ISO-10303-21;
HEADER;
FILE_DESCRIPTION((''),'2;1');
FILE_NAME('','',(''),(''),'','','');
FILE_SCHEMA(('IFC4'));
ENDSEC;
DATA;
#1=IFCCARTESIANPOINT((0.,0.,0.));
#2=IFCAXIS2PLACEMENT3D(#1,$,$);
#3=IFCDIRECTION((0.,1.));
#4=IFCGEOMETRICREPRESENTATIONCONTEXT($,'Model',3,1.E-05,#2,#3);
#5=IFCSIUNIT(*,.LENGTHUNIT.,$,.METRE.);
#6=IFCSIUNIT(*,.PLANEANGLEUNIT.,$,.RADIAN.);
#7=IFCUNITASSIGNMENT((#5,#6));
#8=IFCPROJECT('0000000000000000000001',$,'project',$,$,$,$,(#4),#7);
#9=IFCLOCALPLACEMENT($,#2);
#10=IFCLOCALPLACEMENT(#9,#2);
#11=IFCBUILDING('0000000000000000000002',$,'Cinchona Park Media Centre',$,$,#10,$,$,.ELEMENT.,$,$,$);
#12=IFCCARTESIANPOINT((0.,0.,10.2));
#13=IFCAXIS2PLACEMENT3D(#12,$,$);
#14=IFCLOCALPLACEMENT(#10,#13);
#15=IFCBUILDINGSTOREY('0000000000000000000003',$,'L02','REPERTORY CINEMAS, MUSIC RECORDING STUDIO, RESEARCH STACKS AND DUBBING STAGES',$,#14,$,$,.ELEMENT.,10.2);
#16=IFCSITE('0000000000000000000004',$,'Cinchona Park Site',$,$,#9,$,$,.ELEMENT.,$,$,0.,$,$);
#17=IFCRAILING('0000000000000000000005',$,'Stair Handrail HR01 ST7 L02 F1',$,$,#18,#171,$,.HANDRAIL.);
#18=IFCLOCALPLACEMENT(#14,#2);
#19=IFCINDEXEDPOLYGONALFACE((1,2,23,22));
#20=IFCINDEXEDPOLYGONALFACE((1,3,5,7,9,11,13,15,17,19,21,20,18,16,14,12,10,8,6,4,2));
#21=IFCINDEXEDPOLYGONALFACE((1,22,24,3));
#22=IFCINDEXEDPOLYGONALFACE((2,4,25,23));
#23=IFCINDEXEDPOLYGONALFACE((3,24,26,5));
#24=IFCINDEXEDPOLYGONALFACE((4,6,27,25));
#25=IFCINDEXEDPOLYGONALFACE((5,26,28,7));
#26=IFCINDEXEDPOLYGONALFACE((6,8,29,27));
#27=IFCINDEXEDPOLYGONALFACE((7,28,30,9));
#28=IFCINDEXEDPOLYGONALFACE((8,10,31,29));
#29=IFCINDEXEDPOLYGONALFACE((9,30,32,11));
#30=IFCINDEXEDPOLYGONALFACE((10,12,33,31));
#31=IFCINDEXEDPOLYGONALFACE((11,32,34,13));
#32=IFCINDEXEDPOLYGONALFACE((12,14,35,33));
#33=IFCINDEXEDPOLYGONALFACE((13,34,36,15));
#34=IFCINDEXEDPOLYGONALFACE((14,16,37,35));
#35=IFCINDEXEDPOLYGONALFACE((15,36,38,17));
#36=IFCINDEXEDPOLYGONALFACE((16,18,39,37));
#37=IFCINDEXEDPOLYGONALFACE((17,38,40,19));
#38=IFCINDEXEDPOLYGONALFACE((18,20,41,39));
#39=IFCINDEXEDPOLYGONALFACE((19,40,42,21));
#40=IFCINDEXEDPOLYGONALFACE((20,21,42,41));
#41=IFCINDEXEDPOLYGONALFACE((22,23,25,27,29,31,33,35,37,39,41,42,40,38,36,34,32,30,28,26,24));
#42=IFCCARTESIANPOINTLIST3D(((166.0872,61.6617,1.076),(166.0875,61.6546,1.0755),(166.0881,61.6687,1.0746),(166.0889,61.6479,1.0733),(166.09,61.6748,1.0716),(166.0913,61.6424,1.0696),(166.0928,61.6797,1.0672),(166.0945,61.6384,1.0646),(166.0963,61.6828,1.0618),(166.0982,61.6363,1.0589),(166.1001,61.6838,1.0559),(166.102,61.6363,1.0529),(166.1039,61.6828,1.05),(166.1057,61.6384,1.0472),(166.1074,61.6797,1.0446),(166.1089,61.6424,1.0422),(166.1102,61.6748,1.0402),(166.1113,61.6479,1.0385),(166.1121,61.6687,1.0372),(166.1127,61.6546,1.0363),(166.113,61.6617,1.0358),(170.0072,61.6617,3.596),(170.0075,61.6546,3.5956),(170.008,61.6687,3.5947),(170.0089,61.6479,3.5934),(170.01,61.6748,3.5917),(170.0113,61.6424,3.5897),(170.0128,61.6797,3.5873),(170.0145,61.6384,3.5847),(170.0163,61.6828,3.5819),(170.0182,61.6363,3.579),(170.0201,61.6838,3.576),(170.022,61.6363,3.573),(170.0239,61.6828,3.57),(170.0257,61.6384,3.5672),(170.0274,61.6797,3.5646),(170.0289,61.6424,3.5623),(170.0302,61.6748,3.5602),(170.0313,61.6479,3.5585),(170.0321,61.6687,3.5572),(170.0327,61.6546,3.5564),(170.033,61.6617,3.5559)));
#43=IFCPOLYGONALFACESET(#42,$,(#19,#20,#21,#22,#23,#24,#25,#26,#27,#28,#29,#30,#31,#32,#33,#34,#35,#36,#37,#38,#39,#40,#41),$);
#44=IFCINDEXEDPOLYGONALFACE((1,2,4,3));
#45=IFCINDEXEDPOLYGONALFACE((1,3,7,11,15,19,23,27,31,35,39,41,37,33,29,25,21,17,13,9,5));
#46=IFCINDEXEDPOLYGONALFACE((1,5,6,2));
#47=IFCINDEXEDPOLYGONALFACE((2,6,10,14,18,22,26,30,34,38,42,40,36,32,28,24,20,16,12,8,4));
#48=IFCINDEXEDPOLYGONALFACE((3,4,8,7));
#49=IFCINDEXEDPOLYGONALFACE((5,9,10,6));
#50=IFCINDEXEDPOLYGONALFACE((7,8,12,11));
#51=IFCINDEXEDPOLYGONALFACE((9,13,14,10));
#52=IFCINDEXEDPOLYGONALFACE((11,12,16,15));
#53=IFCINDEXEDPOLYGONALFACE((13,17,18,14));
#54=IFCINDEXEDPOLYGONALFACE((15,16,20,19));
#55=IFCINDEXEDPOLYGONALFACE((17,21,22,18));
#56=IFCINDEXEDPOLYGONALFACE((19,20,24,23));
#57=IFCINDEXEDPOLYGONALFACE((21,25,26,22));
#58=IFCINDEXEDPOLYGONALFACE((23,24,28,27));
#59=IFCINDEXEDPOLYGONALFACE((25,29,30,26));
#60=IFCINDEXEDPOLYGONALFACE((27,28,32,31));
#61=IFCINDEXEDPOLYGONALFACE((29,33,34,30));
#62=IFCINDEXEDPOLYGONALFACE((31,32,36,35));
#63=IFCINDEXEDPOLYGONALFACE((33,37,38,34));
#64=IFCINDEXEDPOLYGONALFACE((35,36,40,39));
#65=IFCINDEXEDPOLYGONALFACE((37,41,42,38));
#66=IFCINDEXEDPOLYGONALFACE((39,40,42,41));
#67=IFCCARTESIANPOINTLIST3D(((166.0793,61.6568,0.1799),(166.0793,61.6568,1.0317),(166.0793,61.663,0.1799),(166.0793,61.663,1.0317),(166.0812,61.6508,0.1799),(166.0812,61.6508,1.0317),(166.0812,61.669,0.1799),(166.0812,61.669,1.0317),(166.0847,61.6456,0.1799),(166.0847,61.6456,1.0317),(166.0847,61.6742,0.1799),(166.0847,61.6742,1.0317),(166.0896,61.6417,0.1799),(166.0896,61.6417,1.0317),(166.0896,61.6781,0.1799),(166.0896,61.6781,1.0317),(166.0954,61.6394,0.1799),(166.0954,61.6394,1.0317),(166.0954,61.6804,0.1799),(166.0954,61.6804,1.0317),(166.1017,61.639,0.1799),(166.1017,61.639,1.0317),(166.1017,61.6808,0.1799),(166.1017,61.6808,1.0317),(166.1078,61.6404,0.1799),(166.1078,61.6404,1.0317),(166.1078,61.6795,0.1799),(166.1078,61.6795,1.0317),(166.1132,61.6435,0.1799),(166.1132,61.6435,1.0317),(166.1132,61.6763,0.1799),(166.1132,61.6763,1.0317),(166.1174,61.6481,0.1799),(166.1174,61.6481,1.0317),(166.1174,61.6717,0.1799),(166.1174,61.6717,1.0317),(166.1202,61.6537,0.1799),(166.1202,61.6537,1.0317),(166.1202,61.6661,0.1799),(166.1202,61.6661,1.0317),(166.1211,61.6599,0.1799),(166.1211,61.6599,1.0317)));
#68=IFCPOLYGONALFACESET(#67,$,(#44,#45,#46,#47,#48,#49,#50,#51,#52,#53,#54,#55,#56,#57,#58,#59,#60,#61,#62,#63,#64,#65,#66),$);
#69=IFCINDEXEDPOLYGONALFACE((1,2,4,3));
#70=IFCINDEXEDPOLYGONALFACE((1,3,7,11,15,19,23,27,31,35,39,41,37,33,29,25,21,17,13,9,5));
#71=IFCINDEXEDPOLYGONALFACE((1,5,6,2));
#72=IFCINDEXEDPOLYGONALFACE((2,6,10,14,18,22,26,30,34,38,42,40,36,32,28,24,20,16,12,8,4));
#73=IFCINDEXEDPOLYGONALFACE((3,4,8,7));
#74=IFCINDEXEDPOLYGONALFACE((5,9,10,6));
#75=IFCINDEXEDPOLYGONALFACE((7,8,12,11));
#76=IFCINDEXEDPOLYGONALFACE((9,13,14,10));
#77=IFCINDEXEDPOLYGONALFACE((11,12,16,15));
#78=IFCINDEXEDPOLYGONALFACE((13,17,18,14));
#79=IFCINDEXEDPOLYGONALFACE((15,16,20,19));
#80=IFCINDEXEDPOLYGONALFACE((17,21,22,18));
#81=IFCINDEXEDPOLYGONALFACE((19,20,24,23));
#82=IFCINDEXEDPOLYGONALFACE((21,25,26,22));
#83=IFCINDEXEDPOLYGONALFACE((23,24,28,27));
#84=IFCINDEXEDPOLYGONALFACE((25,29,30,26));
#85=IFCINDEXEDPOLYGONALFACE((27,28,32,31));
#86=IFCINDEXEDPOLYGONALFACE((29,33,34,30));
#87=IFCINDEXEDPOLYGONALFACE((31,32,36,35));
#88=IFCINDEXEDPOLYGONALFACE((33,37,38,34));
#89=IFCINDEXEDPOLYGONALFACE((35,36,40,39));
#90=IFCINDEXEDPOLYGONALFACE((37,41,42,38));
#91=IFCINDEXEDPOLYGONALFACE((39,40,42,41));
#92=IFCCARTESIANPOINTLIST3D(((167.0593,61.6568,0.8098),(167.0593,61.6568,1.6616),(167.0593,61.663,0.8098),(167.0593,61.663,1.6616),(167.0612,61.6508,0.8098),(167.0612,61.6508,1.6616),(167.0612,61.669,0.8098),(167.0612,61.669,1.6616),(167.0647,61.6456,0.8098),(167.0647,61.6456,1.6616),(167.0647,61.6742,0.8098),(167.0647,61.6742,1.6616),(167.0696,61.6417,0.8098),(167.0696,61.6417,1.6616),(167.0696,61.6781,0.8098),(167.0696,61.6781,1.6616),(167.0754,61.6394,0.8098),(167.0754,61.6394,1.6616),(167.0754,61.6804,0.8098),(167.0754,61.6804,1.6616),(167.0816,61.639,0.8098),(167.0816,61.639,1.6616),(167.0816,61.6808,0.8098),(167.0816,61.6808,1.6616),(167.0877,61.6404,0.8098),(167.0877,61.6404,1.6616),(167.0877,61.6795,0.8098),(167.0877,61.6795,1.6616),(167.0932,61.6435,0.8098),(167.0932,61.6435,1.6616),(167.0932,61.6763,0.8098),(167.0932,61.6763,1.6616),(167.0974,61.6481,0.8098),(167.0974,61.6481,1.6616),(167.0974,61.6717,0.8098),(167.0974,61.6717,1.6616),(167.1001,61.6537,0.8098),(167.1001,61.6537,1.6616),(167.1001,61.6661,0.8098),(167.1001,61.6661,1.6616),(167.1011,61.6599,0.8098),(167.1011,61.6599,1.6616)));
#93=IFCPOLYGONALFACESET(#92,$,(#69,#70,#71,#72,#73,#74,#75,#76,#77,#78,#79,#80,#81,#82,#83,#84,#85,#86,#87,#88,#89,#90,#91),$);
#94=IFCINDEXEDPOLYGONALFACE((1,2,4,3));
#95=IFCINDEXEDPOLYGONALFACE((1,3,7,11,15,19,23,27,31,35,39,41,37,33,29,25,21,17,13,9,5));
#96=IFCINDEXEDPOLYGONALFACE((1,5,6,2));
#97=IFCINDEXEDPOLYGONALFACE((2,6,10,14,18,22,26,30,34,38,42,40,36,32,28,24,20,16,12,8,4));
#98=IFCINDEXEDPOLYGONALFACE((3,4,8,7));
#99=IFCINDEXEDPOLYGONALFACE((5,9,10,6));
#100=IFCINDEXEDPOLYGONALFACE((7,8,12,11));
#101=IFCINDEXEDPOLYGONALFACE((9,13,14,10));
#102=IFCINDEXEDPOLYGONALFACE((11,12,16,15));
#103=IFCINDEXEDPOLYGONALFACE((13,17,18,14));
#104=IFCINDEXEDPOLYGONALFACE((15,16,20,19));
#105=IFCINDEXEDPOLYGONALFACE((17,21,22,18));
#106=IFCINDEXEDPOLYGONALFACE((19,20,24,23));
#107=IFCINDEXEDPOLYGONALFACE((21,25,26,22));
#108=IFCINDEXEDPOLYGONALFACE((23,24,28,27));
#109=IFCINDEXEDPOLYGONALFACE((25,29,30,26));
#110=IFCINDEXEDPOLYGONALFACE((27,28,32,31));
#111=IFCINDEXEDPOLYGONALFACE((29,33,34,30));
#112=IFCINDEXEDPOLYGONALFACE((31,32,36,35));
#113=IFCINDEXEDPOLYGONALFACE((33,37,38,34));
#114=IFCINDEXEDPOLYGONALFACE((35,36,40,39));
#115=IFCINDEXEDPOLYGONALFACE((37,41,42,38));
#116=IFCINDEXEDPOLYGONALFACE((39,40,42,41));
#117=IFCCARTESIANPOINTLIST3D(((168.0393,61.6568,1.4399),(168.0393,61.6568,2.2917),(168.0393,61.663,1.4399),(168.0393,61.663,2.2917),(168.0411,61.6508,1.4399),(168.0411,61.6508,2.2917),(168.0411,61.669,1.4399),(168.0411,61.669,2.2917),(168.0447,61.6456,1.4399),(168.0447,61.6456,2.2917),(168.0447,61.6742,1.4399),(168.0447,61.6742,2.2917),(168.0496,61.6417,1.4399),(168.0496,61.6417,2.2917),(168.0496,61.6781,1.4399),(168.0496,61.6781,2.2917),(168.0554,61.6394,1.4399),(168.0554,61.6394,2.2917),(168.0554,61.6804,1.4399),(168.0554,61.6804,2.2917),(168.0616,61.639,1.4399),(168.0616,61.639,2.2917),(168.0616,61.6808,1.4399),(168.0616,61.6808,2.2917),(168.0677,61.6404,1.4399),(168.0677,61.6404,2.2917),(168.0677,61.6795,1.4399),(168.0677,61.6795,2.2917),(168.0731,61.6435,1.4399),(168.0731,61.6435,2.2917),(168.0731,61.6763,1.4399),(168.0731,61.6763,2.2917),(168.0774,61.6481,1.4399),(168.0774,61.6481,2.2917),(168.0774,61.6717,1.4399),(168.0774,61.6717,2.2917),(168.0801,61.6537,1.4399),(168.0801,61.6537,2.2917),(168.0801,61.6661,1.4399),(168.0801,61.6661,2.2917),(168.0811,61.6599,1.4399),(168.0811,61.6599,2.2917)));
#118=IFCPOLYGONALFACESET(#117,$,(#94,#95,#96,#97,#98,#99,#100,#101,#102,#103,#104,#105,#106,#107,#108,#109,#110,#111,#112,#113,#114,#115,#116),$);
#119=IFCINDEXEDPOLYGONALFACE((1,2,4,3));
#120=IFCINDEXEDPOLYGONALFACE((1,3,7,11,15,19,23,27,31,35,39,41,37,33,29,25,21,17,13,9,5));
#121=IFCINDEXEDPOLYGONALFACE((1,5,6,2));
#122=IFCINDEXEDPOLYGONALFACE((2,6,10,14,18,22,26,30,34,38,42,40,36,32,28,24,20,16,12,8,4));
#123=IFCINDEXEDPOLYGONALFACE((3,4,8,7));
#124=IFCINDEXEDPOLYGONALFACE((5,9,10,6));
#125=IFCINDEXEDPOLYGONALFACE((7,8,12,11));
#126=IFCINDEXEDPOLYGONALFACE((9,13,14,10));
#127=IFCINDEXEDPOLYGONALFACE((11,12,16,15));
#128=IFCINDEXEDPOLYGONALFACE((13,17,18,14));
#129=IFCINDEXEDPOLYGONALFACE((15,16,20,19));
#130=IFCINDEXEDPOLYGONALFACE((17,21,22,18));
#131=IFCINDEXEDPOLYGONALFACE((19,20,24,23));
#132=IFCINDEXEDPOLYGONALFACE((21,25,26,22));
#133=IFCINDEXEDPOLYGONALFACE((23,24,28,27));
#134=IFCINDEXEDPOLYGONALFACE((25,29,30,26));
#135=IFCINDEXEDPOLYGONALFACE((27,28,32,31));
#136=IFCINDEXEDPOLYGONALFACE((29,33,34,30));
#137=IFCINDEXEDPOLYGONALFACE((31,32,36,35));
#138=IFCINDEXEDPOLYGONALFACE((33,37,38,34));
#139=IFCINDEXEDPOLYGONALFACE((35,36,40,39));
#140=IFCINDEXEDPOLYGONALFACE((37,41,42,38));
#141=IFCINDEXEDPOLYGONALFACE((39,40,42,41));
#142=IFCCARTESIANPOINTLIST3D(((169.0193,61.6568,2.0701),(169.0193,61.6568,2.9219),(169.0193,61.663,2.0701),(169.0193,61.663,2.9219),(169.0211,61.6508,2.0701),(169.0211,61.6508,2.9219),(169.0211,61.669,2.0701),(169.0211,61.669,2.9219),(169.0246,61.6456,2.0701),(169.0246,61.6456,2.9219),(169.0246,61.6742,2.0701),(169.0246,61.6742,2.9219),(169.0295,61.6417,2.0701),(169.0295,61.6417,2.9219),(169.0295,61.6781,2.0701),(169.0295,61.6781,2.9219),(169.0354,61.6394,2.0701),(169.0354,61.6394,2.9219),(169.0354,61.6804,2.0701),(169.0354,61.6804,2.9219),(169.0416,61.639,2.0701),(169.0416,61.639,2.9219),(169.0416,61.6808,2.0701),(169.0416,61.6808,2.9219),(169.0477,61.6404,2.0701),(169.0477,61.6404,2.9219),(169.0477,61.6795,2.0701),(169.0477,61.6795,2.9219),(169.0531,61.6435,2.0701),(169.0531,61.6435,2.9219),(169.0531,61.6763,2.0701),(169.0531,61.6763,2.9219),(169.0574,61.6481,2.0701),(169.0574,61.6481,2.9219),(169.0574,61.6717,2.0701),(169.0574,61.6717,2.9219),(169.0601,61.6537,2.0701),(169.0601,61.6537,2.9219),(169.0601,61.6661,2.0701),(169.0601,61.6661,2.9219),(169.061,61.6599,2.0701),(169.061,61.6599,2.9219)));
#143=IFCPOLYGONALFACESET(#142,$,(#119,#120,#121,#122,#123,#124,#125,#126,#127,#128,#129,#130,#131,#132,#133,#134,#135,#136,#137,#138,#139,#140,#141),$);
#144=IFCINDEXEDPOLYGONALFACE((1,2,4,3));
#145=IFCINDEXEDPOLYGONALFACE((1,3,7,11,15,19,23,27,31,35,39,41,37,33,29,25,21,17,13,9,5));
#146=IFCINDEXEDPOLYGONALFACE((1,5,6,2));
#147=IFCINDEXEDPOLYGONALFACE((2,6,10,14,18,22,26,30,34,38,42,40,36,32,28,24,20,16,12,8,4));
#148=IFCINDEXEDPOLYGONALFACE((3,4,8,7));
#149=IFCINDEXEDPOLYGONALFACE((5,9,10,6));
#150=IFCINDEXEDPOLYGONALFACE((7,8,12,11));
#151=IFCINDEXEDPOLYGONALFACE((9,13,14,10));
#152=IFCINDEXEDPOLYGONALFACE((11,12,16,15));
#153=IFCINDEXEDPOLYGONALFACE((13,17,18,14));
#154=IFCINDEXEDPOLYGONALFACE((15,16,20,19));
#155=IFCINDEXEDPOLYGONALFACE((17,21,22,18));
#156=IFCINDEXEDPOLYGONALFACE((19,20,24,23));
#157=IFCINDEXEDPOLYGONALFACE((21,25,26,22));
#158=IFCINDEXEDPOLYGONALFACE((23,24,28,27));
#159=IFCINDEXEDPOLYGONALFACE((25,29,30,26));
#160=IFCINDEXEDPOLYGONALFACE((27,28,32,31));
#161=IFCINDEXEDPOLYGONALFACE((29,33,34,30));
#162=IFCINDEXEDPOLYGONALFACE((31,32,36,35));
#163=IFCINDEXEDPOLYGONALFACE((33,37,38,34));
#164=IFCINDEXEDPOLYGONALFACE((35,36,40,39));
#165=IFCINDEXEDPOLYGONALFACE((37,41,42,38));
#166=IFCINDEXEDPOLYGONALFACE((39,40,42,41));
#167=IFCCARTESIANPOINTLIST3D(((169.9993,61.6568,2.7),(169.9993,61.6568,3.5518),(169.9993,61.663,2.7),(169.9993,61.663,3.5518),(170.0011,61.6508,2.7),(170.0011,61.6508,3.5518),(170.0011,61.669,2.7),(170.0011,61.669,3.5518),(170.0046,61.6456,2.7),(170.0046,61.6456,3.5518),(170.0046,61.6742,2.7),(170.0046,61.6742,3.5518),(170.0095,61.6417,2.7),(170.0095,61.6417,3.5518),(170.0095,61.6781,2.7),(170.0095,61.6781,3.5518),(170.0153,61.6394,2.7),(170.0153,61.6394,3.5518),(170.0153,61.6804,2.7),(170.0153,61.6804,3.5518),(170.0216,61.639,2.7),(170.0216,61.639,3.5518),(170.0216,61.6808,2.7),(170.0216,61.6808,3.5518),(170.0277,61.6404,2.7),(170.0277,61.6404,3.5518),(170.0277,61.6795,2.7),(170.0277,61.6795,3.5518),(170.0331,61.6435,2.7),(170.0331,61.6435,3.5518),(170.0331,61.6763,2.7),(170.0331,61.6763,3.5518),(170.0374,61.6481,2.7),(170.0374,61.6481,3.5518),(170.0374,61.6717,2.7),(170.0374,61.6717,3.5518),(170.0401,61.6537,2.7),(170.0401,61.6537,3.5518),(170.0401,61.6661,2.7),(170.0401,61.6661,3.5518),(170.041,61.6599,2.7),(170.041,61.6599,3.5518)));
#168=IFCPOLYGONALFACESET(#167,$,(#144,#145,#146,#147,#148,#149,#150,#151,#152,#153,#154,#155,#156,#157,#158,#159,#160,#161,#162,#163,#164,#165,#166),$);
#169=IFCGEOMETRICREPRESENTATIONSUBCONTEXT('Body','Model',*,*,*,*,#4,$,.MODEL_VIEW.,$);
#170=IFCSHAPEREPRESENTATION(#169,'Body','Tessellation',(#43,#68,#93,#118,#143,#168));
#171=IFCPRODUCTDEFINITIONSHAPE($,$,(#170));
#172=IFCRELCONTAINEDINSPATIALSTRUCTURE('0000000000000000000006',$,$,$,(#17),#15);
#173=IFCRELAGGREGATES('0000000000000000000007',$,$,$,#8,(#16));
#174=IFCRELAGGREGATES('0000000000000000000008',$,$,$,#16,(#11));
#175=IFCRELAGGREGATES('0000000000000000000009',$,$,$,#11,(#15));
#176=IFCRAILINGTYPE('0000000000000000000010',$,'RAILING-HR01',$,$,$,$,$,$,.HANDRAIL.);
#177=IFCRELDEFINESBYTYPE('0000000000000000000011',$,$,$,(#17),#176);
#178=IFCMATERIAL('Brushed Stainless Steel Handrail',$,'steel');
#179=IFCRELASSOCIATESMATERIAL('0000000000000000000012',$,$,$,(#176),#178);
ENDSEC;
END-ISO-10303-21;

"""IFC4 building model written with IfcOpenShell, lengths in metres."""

from ifc_helpers import new_model, si_unit, direction, frame, origin, origin_2d, place, context, subcontext, project, spatial, circle, extrude, material, type_object, element, save


model = new_model("IFC4")

# Units and contexts
model_context = context("Model", 3, precision=1e-05, world=origin(), true_north=direction((0.0, 1.0)))
body_context = subcontext(model_context, "Body", "Model", "MODEL_VIEW")
ifc_project = project(units=[si_unit("LENGTHUNIT", "METRE"), si_unit("PLANEANGLEUNIT", "RADIAN")], contexts=[model_context])

# Site, building, storey
site_placement = place(None, origin())
site = spatial("IfcSite", under=ifc_project, at=site_placement, Name="Cinchona Park Site", CompositionType="ELEMENT", RefElevation=0.0)
building_placement = place(site_placement, origin())
building = spatial("IfcBuilding", under=site, at=building_placement, Name="Cinchona Park Media Centre", CompositionType="ELEMENT")
storey_placement = place(building_placement, frame((0.0, 0.0, 10.2)))
storey = spatial("IfcBuildingStorey", under=building, at=storey_placement, Name="L02", Description="REPERTORY CINEMAS, MUSIC RECORDING STUDIO, RESEARCH STACKS AND DUBBING STAGES", CompositionType="ELEMENT", Elevation=10.2)

# Railing
ifc_material_1 = material(Name="Brushed Stainless Steel Handrail", Category="steel")
railing_type_1 = type_object("IfcRailingType", Name="RAILING-HR01", PredefinedType="HANDRAIL", material=ifc_material_1)
railing_1_placement = place(storey_placement, frame((166.1001, 61.6599, 0.1799)))
element("IfcRailing", 1, at=railing_1_placement, inside=storey, type_object=railing_type_1, Name="Stair Handrail HR01 ST7 L02 F1", PredefinedType="HANDRAIL", context=body_context, shape_type="SweptSolid", body=[
    extrude(circle(Radius=0.0239, at=origin_2d()), frame((0.0, 0.0, 0.876), z_axis=(0.841172, 0.0, 0.540768), x_axis=(0.0, 1.0, 0.0)), (0.0, 0.0, 1.0), 4.6602),
    extrude(circle(Radius=0.021, at=origin_2d()), origin(), (0.0, 0.0, 1.0), 0.8518),
    extrude(circle(Radius=0.021, at=origin_2d()), frame((0.98, 0.0, 0.6299)), (0.0, 0.0, 1.0), 0.8518),
    extrude(circle(Radius=0.021, at=origin_2d()), frame((1.96, 0.0, 1.26)), (0.0, 0.0, 1.0), 0.8518),
    extrude(circle(Radius=0.021, at=origin_2d()), frame((2.9399, 0.0, 1.8901)), (0.0, 0.0, 1.0), 0.8518),
    extrude(circle(Radius=0.021, at=origin_2d()), frame((3.9199, 0.0, 2.52)), (0.0, 0.0, 1.0), 0.8518),
])

save(model, "model.ifc")
